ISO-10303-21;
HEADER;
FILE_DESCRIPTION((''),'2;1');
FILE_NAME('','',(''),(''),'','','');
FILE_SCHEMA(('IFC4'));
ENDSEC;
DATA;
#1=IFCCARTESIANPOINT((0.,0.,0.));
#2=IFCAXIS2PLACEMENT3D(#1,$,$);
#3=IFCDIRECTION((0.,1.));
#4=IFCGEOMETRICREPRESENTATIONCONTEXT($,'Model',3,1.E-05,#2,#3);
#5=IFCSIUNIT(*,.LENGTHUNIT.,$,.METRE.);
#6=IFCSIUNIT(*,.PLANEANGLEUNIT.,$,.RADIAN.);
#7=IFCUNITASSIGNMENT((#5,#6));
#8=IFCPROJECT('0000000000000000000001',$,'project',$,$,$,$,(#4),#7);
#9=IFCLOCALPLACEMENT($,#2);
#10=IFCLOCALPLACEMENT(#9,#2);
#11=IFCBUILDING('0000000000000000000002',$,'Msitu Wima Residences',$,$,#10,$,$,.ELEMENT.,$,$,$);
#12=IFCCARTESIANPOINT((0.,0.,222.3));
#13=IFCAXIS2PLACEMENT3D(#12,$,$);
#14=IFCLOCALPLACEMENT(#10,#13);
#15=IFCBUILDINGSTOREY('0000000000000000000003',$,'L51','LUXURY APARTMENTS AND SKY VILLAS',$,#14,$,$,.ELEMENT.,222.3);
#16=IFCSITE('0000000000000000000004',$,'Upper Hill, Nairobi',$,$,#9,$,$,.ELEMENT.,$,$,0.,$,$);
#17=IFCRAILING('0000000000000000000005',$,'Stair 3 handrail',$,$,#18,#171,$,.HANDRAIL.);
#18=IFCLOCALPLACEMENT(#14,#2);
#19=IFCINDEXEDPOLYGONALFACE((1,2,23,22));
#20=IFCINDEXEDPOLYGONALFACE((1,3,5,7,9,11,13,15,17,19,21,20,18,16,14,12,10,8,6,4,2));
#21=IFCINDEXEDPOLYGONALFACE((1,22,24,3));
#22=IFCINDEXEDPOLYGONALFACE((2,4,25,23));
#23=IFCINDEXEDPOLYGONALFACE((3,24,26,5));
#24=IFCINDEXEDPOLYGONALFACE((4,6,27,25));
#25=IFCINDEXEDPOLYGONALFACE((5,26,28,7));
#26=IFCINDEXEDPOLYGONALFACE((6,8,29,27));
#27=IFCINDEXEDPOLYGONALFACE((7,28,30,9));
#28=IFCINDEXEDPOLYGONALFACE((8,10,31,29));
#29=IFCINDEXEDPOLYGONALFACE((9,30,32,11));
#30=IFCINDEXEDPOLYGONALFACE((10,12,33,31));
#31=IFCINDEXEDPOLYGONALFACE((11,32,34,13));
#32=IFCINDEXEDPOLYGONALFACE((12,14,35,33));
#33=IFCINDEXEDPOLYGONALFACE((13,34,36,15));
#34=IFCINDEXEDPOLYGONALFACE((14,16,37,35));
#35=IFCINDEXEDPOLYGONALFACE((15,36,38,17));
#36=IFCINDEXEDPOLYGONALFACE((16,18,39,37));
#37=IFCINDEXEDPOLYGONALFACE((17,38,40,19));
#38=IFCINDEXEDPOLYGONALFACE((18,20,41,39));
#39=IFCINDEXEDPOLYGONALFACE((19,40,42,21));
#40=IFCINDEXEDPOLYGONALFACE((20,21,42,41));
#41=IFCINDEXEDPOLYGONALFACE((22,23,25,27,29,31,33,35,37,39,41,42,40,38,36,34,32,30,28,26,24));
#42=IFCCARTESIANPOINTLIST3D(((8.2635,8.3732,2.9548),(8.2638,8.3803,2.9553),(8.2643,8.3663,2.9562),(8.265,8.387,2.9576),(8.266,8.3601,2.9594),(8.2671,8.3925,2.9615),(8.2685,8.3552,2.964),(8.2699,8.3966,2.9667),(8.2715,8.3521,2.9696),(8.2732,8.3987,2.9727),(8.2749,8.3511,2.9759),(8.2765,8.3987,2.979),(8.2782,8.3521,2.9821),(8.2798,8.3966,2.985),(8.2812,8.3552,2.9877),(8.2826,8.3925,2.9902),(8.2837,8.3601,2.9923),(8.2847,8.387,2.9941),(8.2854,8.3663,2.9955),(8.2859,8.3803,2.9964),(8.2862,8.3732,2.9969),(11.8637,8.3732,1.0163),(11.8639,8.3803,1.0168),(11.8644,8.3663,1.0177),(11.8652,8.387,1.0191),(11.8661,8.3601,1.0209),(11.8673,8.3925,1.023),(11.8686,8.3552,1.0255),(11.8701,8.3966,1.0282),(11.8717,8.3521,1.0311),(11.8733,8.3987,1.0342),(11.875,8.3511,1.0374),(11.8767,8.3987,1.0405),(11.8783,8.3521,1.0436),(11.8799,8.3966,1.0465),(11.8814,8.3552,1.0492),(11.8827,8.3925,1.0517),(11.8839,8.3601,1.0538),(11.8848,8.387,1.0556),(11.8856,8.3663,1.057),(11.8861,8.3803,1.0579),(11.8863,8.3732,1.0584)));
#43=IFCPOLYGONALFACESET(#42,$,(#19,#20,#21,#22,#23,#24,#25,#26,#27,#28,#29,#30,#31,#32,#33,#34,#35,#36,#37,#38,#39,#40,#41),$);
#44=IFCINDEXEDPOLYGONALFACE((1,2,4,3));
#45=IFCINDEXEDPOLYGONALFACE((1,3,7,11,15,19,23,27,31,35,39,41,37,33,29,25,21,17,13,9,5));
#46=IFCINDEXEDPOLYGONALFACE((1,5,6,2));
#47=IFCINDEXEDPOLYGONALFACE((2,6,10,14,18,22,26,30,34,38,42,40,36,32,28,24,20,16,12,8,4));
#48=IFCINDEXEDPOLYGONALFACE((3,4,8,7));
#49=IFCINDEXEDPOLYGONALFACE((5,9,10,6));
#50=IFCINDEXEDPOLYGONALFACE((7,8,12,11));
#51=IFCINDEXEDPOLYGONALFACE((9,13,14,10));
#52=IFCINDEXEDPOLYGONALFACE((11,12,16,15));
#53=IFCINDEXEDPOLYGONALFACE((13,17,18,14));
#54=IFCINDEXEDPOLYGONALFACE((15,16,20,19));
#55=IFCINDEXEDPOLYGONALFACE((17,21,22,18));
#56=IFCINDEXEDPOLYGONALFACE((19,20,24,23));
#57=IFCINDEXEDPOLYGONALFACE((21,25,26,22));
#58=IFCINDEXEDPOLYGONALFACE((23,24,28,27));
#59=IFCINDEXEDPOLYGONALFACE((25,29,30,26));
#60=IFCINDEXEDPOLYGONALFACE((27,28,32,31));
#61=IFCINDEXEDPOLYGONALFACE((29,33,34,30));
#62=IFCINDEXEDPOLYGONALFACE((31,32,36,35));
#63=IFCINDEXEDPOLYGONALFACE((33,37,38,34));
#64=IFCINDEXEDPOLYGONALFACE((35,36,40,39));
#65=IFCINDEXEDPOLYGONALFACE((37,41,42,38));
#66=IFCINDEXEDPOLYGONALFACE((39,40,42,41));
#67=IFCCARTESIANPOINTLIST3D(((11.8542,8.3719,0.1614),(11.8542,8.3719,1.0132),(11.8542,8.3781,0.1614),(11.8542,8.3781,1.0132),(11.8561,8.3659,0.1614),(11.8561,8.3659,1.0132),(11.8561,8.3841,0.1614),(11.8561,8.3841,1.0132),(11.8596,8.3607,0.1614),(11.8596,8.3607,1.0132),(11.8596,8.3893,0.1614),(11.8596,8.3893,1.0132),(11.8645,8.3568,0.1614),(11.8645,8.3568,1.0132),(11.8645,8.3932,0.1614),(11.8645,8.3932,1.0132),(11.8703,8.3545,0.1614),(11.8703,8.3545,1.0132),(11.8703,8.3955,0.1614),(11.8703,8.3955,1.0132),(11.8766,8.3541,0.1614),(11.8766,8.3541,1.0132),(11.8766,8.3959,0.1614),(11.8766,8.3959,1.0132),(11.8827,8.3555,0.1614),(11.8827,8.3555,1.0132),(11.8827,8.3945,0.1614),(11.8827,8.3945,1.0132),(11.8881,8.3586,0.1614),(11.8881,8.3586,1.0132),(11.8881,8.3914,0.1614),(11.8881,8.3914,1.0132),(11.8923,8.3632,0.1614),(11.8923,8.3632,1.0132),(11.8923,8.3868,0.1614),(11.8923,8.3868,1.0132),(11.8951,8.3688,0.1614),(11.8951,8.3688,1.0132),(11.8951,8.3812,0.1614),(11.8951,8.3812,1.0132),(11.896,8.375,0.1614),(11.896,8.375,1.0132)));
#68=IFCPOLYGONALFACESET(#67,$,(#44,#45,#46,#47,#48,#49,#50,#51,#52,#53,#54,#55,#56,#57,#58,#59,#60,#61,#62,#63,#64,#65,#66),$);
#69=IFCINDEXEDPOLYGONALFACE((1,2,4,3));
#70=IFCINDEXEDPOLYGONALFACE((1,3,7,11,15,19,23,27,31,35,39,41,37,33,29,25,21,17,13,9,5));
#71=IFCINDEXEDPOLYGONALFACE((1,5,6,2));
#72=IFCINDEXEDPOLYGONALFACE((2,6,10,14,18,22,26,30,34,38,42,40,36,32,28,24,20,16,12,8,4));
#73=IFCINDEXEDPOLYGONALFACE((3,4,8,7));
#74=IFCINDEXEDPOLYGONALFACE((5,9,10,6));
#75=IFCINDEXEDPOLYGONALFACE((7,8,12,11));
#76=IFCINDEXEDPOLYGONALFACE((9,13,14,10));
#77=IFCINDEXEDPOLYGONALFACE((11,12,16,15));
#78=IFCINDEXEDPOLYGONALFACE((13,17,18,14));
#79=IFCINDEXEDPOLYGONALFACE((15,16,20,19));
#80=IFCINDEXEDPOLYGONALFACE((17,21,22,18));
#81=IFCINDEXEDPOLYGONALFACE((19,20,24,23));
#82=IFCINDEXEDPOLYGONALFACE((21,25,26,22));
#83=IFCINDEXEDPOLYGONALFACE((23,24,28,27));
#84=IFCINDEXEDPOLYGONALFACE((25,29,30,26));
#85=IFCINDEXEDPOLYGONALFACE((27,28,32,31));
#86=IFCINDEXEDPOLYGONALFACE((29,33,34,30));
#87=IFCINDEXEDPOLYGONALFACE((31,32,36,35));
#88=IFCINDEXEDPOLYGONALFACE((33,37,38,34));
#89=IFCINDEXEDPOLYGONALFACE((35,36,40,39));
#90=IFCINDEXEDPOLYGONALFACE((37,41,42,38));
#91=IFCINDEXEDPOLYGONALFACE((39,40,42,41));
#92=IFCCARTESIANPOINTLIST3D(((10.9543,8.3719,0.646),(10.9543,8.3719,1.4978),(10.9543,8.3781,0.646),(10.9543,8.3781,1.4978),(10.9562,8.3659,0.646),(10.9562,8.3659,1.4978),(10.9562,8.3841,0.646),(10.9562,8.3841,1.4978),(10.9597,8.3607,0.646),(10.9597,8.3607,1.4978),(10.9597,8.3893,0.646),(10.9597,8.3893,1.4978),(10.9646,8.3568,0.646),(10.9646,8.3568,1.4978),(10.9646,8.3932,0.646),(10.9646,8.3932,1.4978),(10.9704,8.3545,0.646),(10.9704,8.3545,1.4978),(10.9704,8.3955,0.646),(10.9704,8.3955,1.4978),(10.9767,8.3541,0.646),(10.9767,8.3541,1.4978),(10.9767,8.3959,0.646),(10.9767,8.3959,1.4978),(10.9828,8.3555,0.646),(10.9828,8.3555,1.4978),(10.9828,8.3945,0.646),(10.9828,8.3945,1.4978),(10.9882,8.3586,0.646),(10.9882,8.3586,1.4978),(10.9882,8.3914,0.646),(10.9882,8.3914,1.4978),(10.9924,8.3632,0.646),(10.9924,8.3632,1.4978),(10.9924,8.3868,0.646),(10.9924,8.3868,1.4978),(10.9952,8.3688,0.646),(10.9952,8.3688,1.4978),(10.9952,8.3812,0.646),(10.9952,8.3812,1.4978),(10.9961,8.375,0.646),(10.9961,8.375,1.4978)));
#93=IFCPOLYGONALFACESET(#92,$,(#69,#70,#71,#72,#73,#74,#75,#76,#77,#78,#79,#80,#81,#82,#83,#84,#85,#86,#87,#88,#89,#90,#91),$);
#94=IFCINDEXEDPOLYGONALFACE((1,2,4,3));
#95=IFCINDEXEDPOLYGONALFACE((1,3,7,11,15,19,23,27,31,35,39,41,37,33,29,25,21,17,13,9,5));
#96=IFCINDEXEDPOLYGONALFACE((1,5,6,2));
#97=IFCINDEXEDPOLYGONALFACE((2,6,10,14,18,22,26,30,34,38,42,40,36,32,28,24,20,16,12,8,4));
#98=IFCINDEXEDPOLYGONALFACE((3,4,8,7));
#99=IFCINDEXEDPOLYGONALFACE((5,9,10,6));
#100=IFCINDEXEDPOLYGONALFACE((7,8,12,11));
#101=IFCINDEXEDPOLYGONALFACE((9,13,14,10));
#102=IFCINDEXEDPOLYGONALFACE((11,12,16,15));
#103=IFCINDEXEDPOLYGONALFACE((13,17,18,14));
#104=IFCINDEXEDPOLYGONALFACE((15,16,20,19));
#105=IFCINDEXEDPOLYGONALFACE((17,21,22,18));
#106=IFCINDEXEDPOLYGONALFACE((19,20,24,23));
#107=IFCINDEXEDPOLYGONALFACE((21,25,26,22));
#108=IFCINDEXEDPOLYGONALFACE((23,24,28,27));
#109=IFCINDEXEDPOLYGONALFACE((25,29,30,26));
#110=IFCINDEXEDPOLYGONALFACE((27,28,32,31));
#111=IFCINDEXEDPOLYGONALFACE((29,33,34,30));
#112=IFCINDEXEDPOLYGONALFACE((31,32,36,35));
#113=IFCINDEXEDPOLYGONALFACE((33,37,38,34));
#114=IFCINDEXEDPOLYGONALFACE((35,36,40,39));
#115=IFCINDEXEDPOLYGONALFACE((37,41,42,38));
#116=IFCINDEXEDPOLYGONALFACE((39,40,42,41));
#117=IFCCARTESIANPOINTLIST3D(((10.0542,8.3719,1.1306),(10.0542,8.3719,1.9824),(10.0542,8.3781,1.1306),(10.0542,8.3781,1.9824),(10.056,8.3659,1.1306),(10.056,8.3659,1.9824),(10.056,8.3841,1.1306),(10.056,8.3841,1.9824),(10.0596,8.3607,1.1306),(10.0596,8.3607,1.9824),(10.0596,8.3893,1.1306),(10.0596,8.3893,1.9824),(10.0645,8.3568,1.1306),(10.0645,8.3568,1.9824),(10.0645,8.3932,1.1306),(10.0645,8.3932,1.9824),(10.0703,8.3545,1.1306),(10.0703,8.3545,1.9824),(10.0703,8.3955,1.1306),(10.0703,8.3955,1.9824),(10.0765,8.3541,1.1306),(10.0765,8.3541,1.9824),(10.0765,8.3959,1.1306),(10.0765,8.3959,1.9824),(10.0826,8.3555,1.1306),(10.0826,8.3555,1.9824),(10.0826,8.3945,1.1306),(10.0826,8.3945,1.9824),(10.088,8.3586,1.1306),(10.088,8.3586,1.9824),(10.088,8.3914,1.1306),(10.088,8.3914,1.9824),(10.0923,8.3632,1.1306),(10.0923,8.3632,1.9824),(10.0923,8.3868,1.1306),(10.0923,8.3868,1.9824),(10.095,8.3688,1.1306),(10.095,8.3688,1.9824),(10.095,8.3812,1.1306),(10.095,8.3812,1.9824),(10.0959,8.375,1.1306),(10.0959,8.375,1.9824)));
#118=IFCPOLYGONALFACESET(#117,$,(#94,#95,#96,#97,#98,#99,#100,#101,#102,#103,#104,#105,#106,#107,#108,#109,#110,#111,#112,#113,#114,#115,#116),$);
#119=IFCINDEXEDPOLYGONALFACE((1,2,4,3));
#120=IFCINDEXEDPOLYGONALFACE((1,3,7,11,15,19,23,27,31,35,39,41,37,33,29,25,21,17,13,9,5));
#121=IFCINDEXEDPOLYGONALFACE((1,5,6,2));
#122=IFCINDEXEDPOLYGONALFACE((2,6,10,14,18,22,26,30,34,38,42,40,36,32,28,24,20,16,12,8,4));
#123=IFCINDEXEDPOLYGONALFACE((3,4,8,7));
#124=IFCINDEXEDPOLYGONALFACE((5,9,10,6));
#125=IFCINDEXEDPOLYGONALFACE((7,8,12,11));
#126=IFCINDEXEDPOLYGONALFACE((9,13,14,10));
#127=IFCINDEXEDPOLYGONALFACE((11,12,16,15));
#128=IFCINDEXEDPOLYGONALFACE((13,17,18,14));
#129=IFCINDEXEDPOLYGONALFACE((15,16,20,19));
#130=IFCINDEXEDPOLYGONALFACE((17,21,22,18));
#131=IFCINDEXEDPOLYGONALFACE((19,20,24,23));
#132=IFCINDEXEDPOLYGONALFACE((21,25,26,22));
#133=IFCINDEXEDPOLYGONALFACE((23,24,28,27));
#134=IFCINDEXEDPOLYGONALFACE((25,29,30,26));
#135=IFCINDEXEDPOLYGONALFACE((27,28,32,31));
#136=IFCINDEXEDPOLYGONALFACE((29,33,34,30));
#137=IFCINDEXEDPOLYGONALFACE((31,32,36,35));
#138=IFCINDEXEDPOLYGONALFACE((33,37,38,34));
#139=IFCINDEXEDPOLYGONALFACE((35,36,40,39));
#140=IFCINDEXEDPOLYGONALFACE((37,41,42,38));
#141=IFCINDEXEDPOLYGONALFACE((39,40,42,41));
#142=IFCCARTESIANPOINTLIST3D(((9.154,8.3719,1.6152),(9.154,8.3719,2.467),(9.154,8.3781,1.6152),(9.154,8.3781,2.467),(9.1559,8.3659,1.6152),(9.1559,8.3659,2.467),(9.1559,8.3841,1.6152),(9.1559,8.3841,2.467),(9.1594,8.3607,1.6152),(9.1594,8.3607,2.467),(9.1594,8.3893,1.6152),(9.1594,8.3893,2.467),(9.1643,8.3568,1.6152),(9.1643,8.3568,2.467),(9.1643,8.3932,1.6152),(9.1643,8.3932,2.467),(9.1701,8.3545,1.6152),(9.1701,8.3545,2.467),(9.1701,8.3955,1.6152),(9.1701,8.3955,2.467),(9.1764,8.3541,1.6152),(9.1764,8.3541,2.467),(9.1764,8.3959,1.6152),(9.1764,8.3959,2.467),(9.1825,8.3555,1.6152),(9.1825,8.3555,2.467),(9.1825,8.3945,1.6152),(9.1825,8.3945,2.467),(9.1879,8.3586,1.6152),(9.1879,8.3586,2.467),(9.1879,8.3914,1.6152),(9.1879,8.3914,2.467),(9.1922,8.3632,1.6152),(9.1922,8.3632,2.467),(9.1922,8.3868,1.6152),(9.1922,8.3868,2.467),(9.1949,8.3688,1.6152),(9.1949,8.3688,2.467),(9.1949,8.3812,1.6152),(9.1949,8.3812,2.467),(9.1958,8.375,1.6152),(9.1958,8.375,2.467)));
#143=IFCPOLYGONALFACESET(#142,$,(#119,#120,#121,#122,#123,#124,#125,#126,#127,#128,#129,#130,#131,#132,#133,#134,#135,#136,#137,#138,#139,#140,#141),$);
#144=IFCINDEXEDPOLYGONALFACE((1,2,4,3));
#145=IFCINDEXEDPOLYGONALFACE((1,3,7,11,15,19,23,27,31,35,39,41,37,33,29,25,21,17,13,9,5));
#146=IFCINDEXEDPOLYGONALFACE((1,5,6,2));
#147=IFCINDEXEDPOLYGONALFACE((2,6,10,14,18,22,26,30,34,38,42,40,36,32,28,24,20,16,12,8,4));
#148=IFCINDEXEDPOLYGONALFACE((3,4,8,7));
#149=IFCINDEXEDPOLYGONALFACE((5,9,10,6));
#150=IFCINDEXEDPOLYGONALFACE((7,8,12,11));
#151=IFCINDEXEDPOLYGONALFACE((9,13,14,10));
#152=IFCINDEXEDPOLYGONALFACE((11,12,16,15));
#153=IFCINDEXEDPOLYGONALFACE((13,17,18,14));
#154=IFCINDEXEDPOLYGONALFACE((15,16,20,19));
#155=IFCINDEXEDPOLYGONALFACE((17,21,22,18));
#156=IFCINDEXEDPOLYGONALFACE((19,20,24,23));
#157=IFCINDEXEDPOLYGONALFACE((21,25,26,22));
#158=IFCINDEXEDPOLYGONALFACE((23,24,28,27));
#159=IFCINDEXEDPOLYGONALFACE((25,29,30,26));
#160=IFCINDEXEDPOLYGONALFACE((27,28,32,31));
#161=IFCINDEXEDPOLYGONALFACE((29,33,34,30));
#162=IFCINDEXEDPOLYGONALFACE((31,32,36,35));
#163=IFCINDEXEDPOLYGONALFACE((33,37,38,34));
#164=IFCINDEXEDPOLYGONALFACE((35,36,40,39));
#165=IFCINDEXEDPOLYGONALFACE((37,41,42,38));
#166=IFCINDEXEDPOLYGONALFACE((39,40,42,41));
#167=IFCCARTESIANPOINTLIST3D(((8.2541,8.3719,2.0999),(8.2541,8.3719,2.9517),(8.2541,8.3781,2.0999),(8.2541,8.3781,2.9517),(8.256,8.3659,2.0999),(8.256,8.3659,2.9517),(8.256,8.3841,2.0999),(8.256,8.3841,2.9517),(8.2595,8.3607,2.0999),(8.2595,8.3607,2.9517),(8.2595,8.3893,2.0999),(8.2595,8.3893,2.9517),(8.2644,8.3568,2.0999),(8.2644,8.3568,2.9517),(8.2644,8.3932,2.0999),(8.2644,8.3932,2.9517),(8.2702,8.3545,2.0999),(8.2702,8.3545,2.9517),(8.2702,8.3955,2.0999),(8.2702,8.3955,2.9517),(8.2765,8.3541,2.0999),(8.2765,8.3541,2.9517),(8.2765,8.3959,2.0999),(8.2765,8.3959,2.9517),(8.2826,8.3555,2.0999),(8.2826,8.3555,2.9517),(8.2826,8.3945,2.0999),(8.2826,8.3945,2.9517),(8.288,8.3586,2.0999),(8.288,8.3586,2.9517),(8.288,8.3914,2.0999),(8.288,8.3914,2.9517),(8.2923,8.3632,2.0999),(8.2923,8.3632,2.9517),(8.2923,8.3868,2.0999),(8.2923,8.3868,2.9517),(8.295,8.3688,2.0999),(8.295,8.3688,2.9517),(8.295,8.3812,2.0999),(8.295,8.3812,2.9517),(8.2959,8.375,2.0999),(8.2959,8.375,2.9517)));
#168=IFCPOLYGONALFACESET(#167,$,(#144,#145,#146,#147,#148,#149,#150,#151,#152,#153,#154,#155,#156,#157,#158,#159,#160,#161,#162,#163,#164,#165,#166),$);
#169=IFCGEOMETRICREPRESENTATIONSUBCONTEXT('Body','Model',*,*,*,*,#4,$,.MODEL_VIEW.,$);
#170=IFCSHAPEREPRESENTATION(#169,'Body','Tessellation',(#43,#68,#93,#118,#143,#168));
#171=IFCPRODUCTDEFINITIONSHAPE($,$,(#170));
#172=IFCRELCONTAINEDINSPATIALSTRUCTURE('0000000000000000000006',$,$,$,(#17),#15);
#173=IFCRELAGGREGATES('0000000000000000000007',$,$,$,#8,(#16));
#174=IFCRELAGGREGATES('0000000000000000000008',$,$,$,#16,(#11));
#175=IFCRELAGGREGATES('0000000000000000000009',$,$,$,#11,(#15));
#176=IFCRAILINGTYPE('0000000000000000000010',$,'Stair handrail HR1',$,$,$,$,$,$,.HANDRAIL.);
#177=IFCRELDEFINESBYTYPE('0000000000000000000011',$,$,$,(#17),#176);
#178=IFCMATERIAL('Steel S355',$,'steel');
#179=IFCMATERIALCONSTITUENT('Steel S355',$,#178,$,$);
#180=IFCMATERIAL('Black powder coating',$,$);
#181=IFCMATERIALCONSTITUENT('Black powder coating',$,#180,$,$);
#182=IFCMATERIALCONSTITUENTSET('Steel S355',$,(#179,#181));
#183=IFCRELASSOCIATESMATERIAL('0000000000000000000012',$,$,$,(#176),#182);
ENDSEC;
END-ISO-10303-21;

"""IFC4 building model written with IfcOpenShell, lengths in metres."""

from ifc_helpers import new_model, si_unit, direction, frame, origin, origin_2d, place, context, subcontext, project, spatial, circle, extrude, material, constituent, constituent_set, type_object, element, save


model = new_model("IFC4")

# Units and contexts
model_context = context("Model", 3, precision=1e-05, world=origin(), true_north=direction((0.0, 1.0)))
body_context = subcontext(model_context, "Body", "Model", "MODEL_VIEW")
ifc_project = project(units=[si_unit("LENGTHUNIT", "METRE"), si_unit("PLANEANGLEUNIT", "RADIAN")], contexts=[model_context])

# Site, building, storey
site_placement = place(None, origin())
site = spatial("IfcSite", under=ifc_project, at=site_placement, Name="Upper Hill, Nairobi", CompositionType="ELEMENT", RefElevation=0.0)
building_placement = place(site_placement, origin())
building = spatial("IfcBuilding", under=site, at=building_placement, Name="Msitu Wima Residences", CompositionType="ELEMENT")
storey_placement = place(building_placement, frame((0.0, 0.0, 222.3)))
storey = spatial("IfcBuildingStorey", under=building, at=storey_placement, Name="L51", Description="LUXURY APARTMENTS AND SKY VILLAS", CompositionType="ELEMENT", Elevation=222.3)

# Railing
ifc_material_1 = material(Name="Steel S355", Category="steel")
ifc_constituent_1 = constituent(ifc_material_1, Name="Steel S355")
ifc_material_2 = material(Name="Black powder coating")
ifc_constituent_2 = constituent(ifc_material_2, Name="Black powder coating")
ifc_constituent_set_1 = constituent_set(constituents=[ifc_constituent_1, ifc_constituent_2], Name="Steel S355")
railing_type_1 = type_object("IfcRailingType", Name="Stair handrail HR1", PredefinedType="HANDRAIL", material=ifc_constituent_set_1)
for number, where, name in (
    (1, (11.875, 8.375, 0.1614), "Stair 3 handrail"),
):
    element("IfcRailing", number, at=place(storey_placement, frame(where)), inside=storey, type_object=railing_type_1, Name=name, PredefinedType="HANDRAIL", context=body_context, shape_type="SweptSolid", body=[
        extrude(circle(Radius=0.0239, at=origin_2d()), frame((0.0, 0.0, 0.876), z_axis=(-0.880475, 0.0, 0.474093), x_axis=(0.0, -1.0, 0.0)), (0.0, 0.0, 1.0), 4.0889),
        extrude(circle(Radius=0.021, at=origin_2d()), origin(), (0.0, 0.0, 1.0), 0.8518),
        extrude(circle(Radius=0.021, at=origin_2d()), frame((-0.8999, 0.0, 0.4846)), (0.0, 0.0, 1.0), 0.8518),
        extrude(circle(Radius=0.021, at=origin_2d()), frame((-1.8, 0.0, 0.9692)), (0.0, 0.0, 1.0), 0.8518),
        extrude(circle(Radius=0.021, at=origin_2d()), frame((-2.7002, 0.0, 1.4539)), (0.0, 0.0, 1.0), 0.8518),
        extrude(circle(Radius=0.021, at=origin_2d()), frame((-3.6001, 0.0, 1.9385)), (0.0, 0.0, 1.0), 0.8518),
    ])

save(model, "model.ifc")
